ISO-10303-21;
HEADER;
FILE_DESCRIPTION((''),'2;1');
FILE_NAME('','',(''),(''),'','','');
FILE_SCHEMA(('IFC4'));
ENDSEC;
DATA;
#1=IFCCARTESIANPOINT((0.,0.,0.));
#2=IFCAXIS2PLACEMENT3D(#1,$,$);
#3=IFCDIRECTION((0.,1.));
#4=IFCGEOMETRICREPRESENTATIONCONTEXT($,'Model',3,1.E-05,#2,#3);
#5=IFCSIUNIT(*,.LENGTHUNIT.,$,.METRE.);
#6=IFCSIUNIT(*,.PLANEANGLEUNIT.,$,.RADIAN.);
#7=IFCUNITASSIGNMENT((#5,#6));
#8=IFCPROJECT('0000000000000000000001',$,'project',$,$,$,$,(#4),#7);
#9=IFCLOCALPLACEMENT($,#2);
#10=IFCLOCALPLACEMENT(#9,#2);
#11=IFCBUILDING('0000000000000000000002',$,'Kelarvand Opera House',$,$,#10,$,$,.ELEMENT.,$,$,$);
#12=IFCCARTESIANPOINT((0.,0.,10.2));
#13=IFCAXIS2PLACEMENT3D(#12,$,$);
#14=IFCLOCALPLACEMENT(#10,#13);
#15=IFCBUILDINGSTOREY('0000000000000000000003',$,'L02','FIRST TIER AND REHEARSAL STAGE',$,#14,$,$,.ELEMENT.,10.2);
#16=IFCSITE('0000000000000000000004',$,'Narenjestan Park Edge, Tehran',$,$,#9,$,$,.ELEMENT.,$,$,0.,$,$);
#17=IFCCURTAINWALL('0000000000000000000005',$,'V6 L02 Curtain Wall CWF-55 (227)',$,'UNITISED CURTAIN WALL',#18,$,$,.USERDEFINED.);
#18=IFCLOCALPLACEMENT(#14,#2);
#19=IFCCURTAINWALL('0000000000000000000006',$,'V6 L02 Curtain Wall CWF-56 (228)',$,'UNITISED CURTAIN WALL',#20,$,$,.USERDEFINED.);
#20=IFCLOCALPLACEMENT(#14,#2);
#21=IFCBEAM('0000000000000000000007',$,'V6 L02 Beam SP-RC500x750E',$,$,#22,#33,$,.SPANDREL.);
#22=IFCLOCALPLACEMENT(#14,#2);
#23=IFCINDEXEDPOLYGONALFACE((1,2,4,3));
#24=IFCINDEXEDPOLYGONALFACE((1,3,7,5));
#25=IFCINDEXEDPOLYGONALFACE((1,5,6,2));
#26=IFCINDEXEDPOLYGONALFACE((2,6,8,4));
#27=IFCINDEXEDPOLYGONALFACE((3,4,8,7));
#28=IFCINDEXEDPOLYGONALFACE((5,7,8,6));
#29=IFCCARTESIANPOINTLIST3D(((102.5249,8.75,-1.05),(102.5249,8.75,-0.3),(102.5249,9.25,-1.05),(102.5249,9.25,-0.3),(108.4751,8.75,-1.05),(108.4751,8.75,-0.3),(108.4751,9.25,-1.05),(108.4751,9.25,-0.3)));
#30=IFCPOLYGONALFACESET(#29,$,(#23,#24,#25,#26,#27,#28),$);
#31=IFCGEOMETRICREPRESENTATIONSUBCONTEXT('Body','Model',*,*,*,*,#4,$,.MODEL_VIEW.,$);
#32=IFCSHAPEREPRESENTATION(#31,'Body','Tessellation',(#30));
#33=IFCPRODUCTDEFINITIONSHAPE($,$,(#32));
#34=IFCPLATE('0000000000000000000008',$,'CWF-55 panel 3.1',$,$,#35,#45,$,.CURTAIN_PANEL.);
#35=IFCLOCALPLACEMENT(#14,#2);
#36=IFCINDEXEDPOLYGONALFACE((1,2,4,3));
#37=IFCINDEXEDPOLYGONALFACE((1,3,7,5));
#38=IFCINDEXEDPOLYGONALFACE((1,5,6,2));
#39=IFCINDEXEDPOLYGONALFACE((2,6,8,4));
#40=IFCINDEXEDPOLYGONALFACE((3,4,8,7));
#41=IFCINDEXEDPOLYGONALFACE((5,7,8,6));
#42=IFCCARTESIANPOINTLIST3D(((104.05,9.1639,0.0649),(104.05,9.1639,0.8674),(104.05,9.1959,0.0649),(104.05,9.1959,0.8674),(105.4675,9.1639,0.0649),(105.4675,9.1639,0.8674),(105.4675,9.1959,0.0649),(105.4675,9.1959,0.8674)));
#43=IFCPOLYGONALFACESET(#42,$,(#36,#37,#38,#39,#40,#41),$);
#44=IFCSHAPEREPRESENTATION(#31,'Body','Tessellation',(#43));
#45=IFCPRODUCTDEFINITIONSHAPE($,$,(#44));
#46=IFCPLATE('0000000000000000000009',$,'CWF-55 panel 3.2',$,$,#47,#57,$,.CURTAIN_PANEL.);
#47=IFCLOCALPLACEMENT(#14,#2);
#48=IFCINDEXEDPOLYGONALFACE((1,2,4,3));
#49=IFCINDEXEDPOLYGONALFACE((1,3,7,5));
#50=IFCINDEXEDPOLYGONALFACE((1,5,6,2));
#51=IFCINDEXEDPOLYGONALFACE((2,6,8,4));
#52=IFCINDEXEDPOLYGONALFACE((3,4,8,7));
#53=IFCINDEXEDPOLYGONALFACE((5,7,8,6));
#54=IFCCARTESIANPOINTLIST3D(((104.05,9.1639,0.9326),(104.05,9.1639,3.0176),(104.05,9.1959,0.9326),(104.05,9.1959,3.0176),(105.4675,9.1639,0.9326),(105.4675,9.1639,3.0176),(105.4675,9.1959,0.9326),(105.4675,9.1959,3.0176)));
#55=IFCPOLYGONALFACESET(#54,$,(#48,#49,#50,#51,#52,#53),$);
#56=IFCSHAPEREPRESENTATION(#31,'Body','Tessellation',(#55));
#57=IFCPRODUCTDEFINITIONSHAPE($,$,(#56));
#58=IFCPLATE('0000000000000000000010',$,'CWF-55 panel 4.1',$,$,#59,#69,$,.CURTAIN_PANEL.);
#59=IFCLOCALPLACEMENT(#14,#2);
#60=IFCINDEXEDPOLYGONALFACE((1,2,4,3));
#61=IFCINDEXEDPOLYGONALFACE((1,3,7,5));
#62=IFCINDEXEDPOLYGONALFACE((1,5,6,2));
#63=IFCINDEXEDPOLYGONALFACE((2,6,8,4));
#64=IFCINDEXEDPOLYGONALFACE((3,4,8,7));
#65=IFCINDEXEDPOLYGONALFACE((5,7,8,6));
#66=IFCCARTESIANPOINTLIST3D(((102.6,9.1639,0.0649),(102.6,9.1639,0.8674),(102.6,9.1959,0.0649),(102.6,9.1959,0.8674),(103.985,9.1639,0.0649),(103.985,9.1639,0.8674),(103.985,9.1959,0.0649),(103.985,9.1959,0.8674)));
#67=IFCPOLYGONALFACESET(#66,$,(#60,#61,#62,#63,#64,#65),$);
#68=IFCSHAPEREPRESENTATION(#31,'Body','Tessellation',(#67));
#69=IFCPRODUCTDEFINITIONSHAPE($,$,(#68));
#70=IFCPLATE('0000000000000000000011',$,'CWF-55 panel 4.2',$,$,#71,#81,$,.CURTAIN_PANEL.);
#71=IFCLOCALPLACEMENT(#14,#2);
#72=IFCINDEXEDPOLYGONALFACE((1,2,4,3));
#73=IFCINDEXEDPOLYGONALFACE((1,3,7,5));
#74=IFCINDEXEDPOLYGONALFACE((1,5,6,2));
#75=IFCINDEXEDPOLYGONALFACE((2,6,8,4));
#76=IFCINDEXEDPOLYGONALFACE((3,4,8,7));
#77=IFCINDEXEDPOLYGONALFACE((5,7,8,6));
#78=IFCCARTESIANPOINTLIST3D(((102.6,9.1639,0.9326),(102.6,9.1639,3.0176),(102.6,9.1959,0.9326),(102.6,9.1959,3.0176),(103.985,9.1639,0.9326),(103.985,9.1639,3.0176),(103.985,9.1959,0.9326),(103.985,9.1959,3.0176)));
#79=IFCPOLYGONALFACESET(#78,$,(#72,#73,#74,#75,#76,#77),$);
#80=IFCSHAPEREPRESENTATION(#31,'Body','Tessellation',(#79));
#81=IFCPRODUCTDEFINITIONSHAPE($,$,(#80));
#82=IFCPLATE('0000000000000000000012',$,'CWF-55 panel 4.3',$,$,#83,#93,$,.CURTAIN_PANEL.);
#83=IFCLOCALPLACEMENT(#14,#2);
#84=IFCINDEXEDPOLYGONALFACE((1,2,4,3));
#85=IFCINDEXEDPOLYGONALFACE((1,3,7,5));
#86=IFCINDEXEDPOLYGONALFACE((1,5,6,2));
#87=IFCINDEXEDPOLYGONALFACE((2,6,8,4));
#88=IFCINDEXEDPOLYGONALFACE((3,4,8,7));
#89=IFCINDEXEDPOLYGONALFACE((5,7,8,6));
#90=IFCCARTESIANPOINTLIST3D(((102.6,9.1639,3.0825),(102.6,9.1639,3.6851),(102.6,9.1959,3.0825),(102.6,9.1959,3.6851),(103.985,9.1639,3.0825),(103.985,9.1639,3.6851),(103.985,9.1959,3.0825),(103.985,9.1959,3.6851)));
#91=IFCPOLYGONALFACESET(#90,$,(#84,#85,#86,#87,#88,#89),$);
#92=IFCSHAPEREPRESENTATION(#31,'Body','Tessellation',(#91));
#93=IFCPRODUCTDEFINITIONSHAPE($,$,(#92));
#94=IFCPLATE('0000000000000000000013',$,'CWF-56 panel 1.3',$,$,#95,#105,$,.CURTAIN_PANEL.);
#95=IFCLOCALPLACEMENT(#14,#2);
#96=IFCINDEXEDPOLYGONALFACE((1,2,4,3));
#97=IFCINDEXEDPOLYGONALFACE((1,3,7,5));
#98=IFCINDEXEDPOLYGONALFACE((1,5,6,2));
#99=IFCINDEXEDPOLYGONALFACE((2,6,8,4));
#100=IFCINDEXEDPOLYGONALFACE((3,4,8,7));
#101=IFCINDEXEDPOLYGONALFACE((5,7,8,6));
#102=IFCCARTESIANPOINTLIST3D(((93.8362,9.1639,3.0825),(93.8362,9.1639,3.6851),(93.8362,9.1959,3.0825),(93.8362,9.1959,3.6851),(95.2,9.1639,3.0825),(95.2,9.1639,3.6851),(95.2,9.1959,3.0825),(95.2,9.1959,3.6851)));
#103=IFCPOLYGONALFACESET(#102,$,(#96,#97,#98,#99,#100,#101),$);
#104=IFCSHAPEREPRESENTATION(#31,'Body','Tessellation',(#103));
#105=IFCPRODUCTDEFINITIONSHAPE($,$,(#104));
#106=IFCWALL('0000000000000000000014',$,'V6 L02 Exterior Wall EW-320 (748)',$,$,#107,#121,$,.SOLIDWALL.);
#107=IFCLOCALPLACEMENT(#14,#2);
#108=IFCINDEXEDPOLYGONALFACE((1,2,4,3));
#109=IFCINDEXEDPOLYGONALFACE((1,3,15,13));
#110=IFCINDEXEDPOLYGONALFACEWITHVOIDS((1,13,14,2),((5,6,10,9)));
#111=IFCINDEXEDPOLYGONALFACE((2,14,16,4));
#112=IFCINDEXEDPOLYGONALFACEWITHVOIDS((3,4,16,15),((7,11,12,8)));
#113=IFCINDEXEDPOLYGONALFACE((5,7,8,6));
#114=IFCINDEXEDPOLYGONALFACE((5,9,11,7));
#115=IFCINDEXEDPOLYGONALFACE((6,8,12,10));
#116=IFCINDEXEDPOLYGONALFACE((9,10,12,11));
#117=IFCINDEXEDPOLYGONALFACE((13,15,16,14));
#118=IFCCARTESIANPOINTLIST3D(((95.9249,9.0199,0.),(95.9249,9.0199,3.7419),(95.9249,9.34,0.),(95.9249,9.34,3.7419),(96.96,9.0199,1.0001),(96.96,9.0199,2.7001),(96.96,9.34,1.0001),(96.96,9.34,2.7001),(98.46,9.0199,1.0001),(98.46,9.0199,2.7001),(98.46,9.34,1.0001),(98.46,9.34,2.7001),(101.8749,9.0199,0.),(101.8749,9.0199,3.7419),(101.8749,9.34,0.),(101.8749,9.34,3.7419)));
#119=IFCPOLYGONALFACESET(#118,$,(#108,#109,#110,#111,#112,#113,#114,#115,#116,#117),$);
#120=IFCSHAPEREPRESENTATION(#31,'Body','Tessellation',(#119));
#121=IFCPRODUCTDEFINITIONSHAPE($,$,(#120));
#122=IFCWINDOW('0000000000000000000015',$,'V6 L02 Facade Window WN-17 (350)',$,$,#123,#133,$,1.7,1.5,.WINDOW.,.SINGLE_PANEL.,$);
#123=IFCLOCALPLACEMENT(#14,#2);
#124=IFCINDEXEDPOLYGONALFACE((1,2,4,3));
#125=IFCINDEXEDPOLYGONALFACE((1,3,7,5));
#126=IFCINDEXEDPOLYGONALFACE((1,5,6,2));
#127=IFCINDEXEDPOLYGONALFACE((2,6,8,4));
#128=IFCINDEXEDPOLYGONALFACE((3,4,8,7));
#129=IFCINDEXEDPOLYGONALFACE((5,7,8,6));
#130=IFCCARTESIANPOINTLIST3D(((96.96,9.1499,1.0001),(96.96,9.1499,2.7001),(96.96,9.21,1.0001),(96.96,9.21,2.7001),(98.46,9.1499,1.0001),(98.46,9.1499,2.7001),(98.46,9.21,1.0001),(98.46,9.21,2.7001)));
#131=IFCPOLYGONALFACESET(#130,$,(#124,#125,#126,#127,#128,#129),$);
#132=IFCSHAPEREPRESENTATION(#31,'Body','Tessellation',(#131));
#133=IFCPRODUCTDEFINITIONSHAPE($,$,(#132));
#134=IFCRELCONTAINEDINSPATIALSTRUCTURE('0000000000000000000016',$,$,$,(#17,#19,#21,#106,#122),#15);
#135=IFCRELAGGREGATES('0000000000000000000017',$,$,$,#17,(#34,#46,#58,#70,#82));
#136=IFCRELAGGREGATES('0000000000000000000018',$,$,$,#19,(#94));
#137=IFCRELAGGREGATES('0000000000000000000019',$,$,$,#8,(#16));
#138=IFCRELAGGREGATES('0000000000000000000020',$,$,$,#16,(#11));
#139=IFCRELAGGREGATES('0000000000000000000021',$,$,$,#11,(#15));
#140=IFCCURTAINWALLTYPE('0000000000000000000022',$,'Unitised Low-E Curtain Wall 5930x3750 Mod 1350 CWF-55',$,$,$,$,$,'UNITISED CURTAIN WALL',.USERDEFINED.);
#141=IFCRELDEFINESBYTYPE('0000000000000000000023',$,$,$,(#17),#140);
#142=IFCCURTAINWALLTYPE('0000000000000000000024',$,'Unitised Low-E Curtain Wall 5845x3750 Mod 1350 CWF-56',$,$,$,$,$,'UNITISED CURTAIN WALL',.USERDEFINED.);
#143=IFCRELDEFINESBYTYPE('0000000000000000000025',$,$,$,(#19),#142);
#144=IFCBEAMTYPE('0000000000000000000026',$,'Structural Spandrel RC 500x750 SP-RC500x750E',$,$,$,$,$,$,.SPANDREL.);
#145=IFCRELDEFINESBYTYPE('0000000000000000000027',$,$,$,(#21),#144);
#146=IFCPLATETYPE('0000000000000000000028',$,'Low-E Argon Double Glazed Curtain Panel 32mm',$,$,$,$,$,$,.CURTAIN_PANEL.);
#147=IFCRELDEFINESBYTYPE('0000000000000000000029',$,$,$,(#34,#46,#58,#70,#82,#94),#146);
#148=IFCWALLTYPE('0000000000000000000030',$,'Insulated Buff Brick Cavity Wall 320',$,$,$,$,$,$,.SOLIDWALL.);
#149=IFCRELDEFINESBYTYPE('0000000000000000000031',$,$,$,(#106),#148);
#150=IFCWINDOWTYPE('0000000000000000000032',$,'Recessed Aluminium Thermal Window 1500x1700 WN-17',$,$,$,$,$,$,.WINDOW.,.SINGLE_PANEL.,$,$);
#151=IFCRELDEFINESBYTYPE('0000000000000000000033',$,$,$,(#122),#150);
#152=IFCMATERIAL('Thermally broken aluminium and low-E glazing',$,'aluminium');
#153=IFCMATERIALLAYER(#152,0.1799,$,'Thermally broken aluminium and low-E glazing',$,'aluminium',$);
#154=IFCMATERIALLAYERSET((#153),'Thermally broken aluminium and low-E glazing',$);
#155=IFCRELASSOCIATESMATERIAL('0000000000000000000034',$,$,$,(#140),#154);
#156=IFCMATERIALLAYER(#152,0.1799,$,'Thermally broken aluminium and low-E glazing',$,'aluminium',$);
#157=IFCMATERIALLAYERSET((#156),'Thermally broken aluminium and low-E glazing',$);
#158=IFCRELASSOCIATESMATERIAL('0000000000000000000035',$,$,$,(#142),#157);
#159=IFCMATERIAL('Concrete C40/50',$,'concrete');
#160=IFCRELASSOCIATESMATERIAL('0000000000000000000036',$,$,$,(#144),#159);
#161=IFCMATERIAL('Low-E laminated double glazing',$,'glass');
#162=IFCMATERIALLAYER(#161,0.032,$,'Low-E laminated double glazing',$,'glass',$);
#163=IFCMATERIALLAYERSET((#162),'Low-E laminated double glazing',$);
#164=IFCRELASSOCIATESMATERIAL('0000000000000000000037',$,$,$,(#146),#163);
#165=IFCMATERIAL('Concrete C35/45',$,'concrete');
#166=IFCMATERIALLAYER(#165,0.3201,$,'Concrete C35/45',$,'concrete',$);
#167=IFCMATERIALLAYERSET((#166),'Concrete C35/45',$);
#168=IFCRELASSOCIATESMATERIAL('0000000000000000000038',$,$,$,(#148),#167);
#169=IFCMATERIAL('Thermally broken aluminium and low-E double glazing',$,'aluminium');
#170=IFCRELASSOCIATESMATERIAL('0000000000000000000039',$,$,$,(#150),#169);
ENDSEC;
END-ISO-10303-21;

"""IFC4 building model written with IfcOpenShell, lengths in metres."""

from ifc_helpers import new_model, si_unit, direction, frame, frame_2d, origin, origin_2d, place, context, subcontext, project, spatial, rectangle, extrude, material, layer, layer_set, material_profile, profile_set, type_object, element, fill, aggregate, save


model = new_model("IFC4")

# Units and contexts
model_context = context("Model", 3, precision=1e-05, world=origin(), true_north=direction((0.0, 1.0)))
body_context = subcontext(model_context, "Body", "Model", "MODEL_VIEW")
ifc_project = project(units=[si_unit("LENGTHUNIT", "METRE"), si_unit("PLANEANGLEUNIT", "RADIAN")], contexts=[model_context])

# Site, building, storey
site_placement = place(None, origin())
site = spatial("IfcSite", under=ifc_project, at=site_placement, Name="Narenjestan Park Edge, Tehran", CompositionType="ELEMENT", RefElevation=0.0)
building_placement = place(site_placement, origin())
building = spatial("IfcBuilding", under=site, at=building_placement, Name="Kelarvand Opera House", CompositionType="ELEMENT")
storey_placement = place(building_placement, frame((0.0, 0.0, 10.2)))
storey = spatial("IfcBuildingStorey", under=building, at=storey_placement, Name="L02", Description="FIRST TIER AND REHEARSAL STAGE", CompositionType="ELEMENT", Elevation=10.2)

# Shared definitions
ifc_material_1 = material(Name="Concrete C40/50", Category="concrete")

# Curtain wall
ifc_material_2 = material(Name="Thermally broken aluminium and low-E glazing", Category="aluminium")
ifc_layer_1 = layer(ifc_material_2, 0.1799, Name="Thermally broken aluminium and low-E glazing", Category="aluminium")
ifc_layer_set_1 = layer_set([ifc_layer_1], Name="Thermally broken aluminium and low-E glazing")
curtain_wall_type_1 = type_object("IfcCurtainWallType", Name="Unitised Low-E Curtain Wall 5930x3750 Mod 1350 CWF-55", ElementType="UNITISED CURTAIN WALL", PredefinedType="USERDEFINED", material=ifc_layer_set_1)
curtain_wall_1_placement = place(storey_placement, origin())
curtain_wall_1 = element("IfcCurtainWall", 1, at=curtain_wall_1_placement, inside=storey, type_object=curtain_wall_type_1, Name="V6 L02 Curtain Wall CWF-55 (227)", ObjectType="UNITISED CURTAIN WALL", PredefinedType="USERDEFINED")

# Curtain wall
ifc_layer_2 = layer(ifc_material_2, 0.1799, Name="Thermally broken aluminium and low-E glazing", Category="aluminium")
ifc_layer_set_2 = layer_set([ifc_layer_2], Name="Thermally broken aluminium and low-E glazing")
curtain_wall_type_2 = type_object("IfcCurtainWallType", Name="Unitised Low-E Curtain Wall 5845x3750 Mod 1350 CWF-56", ElementType="UNITISED CURTAIN WALL", PredefinedType="USERDEFINED", material=ifc_layer_set_2)
curtain_wall_2_placement = place(storey_placement, origin())
curtain_wall_2 = element("IfcCurtainWall", 2, at=curtain_wall_2_placement, inside=storey, type_object=curtain_wall_type_2, Name="V6 L02 Curtain Wall CWF-56 (228)", ObjectType="UNITISED CURTAIN WALL", PredefinedType="USERDEFINED")

# Beam
ifc_material_profile_1 = material_profile(ifc_material_1, rectangle(XDim=0.5, YDim=0.75, at=origin_2d()), Name="RC 500x750", Category="concrete")
ifc_profile_set_1 = profile_set([ifc_material_profile_1], Name="Concrete C40/50")
beam_type = type_object("IfcBeamType", Name="Structural Spandrel RC 500x750 SP-RC500x750E", PredefinedType="SPANDREL", material=ifc_profile_set_1)
beam_1_placement = place(storey_placement, frame((102.5249, 9.0, -0.675), z_axis=(1.0, 0.0, 0.0), x_axis=(0.0, 1.0, 0.0)))
element("IfcBeam", 3, at=beam_1_placement, inside=storey, type_object=beam_type, Name="V6 L02 Beam SP-RC500x750E", PredefinedType="SPANDREL", context=body_context, shape_type="SweptSolid", body=[
    extrude(rectangle(XDim=0.5, YDim=0.75, at=origin_2d()), origin(), (0.0, 0.0, 1.0), 5.9502),
])

# Plates
ifc_material_3 = material(Name="Low-E laminated double glazing", Category="glass")
ifc_layer_3 = layer(ifc_material_3, 0.032, Name="Low-E laminated double glazing", Category="glass")
ifc_layer_set_3 = layer_set([ifc_layer_3], Name="Low-E laminated double glazing")
plate_type = type_object("IfcPlateType", Name="Low-E Argon Double Glazed Curtain Panel 32mm", PredefinedType="CURTAIN_PANEL", material=ifc_layer_set_3)
plate_1_placement = place(storey_placement, frame((104.7588, 9.1799, 0.0649), z_axis=(0.0, 0.0, 1.0), x_axis=(-1.0, 0.0, 0.0)))
plate_1 = element("IfcPlate", 4, at=plate_1_placement, type_object=plate_type, Name="CWF-55 panel 3.1", PredefinedType="CURTAIN_PANEL", context=body_context, shape_type="SweptSolid", body=[
    extrude(rectangle(XDim=1.4175, YDim=0.032, at=origin_2d()), origin(), (0.0, 0.0, 1.0), 0.8025),
])
plate_2_placement = place(storey_placement, frame((104.7588, 9.1799, 0.9326), z_axis=(0.0, 0.0, 1.0), x_axis=(-1.0, 0.0, 0.0)))
plate_2 = element("IfcPlate", 5, at=plate_2_placement, type_object=plate_type, Name="CWF-55 panel 3.2", PredefinedType="CURTAIN_PANEL", context=body_context, shape_type="SweptSolid", body=[
    extrude(rectangle(XDim=1.4175, YDim=0.032, at=origin_2d()), origin(), (0.0, 0.0, 1.0), 2.085),
])
plate_3_placement = place(storey_placement, frame((103.2925, 9.1799, 0.0649), z_axis=(0.0, 0.0, 1.0), x_axis=(-1.0, 0.0, 0.0)))
plate_3 = element("IfcPlate", 6, at=plate_3_placement, type_object=plate_type, Name="CWF-55 panel 4.1", PredefinedType="CURTAIN_PANEL", context=body_context, shape_type="SweptSolid", body=[
    extrude(rectangle(XDim=1.385, YDim=0.032, at=origin_2d()), origin(), (0.0, 0.0, 1.0), 0.8025),
])
plate_4_placement = place(storey_placement, frame((103.2925, 9.1799, 0.9326), z_axis=(0.0, 0.0, 1.0), x_axis=(-1.0, 0.0, 0.0)))
plate_4 = element("IfcPlate", 7, at=plate_4_placement, type_object=plate_type, Name="CWF-55 panel 4.2", PredefinedType="CURTAIN_PANEL", context=body_context, shape_type="SweptSolid", body=[
    extrude(rectangle(XDim=1.385, YDim=0.032, at=origin_2d()), origin(), (0.0, 0.0, 1.0), 2.085),
])
plate_5_placement = place(storey_placement, frame((103.2925, 9.1799, 3.0825), z_axis=(0.0, 0.0, 1.0), x_axis=(-1.0, 0.0, 0.0)))
plate_5 = element("IfcPlate", 8, at=plate_5_placement, type_object=plate_type, Name="CWF-55 panel 4.3", PredefinedType="CURTAIN_PANEL", context=body_context, shape_type="SweptSolid", body=[
    extrude(rectangle(XDim=1.385, YDim=0.032, at=origin_2d()), origin(), (0.0, 0.0, 1.0), 0.6025),
])
aggregate(curtain_wall_1, [plate_1, plate_2, plate_3, plate_4, plate_5])
plate_6_placement = place(storey_placement, frame((94.5181, 9.1799, 3.0825), z_axis=(0.0, 0.0, 1.0), x_axis=(-1.0, 0.0, 0.0)))
plate_6 = element("IfcPlate", 9, at=plate_6_placement, type_object=plate_type, Name="CWF-56 panel 1.3", PredefinedType="CURTAIN_PANEL", context=body_context, shape_type="SweptSolid", body=[
    extrude(rectangle(XDim=1.3638, YDim=0.032, at=origin_2d()), origin(), (0.0, 0.0, 1.0), 0.6025),
])
aggregate(curtain_wall_2, [plate_6])

# Wall, opening, window
ifc_material_4 = material(Name="Concrete C35/45", Category="concrete")
ifc_layer_4 = layer(ifc_material_4, 0.3201, Name="Concrete C35/45", Category="concrete")
ifc_layer_set_4 = layer_set([ifc_layer_4], Name="Concrete C35/45")
wall_type = type_object("IfcWallType", Name="Insulated Buff Brick Cavity Wall 320", PredefinedType="SOLIDWALL", material=ifc_layer_set_4)
wall_placement = place(storey_placement, frame((101.875, 9.1799, 0.0), z_axis=(0.0, 0.0, 1.0), x_axis=(-1.0, 0.0, 0.0)))
wall = element("IfcWall", 10, at=wall_placement, inside=storey, type_object=wall_type, Name="V6 L02 Exterior Wall EW-320 (748)", PredefinedType="SOLIDWALL", context=body_context, shape_type="SweptSolid", body=[
    extrude(rectangle(XDim=5.95, YDim=0.3201, at=frame_2d((2.9751, 0.0))), origin(), (0.0, 0.0, 1.0), 3.7419),
])
opening_placement = place(wall_placement, frame((3.415, 0.0, 1.0)))
opening = element("IfcOpeningElement", 11, at=opening_placement, cuts=wall, PredefinedType="OPENING", context=body_context, shape_type="SweptSolid", body=[
    extrude(rectangle(XDim=1.5, YDim=1.7, at=frame_2d((0.75, 0.8501))), frame((0.0, 0.1699, 0.0), z_axis=(0.0, -1.0, 0.0), x_axis=(1.0, 0.0, 0.0)), (0.0, 0.0, 1.0), 0.3401),
])
ifc_material_5 = material(Name="Thermally broken aluminium and low-E double glazing", Category="aluminium")
window_type = type_object("IfcWindowType", Name="Recessed Aluminium Thermal Window 1500x1700 WN-17", PartitioningType="SINGLE_PANEL", PredefinedType="WINDOW", material=ifc_material_5)
window_placement = place(opening_placement, origin())
window = element("IfcWindow", 12, at=window_placement, inside=storey, type_object=window_type, Name="V6 L02 Facade Window WN-17 (350)", OverallHeight=1.7, OverallWidth=1.5, PartitioningType="SINGLE_PANEL", PredefinedType="WINDOW", context=body_context, shape_type="SweptSolid", body=[
    extrude(rectangle(XDim=1.5, YDim=1.7, at=frame_2d((0.75, 0.8501))), frame((0.0, 0.03, 0.0), z_axis=(0.0, -1.0, 0.0), x_axis=(1.0, 0.0, 0.0)), (0.0, 0.0, 1.0), 0.0601),
])
fill(opening, window)

save(model, "model.ifc")
